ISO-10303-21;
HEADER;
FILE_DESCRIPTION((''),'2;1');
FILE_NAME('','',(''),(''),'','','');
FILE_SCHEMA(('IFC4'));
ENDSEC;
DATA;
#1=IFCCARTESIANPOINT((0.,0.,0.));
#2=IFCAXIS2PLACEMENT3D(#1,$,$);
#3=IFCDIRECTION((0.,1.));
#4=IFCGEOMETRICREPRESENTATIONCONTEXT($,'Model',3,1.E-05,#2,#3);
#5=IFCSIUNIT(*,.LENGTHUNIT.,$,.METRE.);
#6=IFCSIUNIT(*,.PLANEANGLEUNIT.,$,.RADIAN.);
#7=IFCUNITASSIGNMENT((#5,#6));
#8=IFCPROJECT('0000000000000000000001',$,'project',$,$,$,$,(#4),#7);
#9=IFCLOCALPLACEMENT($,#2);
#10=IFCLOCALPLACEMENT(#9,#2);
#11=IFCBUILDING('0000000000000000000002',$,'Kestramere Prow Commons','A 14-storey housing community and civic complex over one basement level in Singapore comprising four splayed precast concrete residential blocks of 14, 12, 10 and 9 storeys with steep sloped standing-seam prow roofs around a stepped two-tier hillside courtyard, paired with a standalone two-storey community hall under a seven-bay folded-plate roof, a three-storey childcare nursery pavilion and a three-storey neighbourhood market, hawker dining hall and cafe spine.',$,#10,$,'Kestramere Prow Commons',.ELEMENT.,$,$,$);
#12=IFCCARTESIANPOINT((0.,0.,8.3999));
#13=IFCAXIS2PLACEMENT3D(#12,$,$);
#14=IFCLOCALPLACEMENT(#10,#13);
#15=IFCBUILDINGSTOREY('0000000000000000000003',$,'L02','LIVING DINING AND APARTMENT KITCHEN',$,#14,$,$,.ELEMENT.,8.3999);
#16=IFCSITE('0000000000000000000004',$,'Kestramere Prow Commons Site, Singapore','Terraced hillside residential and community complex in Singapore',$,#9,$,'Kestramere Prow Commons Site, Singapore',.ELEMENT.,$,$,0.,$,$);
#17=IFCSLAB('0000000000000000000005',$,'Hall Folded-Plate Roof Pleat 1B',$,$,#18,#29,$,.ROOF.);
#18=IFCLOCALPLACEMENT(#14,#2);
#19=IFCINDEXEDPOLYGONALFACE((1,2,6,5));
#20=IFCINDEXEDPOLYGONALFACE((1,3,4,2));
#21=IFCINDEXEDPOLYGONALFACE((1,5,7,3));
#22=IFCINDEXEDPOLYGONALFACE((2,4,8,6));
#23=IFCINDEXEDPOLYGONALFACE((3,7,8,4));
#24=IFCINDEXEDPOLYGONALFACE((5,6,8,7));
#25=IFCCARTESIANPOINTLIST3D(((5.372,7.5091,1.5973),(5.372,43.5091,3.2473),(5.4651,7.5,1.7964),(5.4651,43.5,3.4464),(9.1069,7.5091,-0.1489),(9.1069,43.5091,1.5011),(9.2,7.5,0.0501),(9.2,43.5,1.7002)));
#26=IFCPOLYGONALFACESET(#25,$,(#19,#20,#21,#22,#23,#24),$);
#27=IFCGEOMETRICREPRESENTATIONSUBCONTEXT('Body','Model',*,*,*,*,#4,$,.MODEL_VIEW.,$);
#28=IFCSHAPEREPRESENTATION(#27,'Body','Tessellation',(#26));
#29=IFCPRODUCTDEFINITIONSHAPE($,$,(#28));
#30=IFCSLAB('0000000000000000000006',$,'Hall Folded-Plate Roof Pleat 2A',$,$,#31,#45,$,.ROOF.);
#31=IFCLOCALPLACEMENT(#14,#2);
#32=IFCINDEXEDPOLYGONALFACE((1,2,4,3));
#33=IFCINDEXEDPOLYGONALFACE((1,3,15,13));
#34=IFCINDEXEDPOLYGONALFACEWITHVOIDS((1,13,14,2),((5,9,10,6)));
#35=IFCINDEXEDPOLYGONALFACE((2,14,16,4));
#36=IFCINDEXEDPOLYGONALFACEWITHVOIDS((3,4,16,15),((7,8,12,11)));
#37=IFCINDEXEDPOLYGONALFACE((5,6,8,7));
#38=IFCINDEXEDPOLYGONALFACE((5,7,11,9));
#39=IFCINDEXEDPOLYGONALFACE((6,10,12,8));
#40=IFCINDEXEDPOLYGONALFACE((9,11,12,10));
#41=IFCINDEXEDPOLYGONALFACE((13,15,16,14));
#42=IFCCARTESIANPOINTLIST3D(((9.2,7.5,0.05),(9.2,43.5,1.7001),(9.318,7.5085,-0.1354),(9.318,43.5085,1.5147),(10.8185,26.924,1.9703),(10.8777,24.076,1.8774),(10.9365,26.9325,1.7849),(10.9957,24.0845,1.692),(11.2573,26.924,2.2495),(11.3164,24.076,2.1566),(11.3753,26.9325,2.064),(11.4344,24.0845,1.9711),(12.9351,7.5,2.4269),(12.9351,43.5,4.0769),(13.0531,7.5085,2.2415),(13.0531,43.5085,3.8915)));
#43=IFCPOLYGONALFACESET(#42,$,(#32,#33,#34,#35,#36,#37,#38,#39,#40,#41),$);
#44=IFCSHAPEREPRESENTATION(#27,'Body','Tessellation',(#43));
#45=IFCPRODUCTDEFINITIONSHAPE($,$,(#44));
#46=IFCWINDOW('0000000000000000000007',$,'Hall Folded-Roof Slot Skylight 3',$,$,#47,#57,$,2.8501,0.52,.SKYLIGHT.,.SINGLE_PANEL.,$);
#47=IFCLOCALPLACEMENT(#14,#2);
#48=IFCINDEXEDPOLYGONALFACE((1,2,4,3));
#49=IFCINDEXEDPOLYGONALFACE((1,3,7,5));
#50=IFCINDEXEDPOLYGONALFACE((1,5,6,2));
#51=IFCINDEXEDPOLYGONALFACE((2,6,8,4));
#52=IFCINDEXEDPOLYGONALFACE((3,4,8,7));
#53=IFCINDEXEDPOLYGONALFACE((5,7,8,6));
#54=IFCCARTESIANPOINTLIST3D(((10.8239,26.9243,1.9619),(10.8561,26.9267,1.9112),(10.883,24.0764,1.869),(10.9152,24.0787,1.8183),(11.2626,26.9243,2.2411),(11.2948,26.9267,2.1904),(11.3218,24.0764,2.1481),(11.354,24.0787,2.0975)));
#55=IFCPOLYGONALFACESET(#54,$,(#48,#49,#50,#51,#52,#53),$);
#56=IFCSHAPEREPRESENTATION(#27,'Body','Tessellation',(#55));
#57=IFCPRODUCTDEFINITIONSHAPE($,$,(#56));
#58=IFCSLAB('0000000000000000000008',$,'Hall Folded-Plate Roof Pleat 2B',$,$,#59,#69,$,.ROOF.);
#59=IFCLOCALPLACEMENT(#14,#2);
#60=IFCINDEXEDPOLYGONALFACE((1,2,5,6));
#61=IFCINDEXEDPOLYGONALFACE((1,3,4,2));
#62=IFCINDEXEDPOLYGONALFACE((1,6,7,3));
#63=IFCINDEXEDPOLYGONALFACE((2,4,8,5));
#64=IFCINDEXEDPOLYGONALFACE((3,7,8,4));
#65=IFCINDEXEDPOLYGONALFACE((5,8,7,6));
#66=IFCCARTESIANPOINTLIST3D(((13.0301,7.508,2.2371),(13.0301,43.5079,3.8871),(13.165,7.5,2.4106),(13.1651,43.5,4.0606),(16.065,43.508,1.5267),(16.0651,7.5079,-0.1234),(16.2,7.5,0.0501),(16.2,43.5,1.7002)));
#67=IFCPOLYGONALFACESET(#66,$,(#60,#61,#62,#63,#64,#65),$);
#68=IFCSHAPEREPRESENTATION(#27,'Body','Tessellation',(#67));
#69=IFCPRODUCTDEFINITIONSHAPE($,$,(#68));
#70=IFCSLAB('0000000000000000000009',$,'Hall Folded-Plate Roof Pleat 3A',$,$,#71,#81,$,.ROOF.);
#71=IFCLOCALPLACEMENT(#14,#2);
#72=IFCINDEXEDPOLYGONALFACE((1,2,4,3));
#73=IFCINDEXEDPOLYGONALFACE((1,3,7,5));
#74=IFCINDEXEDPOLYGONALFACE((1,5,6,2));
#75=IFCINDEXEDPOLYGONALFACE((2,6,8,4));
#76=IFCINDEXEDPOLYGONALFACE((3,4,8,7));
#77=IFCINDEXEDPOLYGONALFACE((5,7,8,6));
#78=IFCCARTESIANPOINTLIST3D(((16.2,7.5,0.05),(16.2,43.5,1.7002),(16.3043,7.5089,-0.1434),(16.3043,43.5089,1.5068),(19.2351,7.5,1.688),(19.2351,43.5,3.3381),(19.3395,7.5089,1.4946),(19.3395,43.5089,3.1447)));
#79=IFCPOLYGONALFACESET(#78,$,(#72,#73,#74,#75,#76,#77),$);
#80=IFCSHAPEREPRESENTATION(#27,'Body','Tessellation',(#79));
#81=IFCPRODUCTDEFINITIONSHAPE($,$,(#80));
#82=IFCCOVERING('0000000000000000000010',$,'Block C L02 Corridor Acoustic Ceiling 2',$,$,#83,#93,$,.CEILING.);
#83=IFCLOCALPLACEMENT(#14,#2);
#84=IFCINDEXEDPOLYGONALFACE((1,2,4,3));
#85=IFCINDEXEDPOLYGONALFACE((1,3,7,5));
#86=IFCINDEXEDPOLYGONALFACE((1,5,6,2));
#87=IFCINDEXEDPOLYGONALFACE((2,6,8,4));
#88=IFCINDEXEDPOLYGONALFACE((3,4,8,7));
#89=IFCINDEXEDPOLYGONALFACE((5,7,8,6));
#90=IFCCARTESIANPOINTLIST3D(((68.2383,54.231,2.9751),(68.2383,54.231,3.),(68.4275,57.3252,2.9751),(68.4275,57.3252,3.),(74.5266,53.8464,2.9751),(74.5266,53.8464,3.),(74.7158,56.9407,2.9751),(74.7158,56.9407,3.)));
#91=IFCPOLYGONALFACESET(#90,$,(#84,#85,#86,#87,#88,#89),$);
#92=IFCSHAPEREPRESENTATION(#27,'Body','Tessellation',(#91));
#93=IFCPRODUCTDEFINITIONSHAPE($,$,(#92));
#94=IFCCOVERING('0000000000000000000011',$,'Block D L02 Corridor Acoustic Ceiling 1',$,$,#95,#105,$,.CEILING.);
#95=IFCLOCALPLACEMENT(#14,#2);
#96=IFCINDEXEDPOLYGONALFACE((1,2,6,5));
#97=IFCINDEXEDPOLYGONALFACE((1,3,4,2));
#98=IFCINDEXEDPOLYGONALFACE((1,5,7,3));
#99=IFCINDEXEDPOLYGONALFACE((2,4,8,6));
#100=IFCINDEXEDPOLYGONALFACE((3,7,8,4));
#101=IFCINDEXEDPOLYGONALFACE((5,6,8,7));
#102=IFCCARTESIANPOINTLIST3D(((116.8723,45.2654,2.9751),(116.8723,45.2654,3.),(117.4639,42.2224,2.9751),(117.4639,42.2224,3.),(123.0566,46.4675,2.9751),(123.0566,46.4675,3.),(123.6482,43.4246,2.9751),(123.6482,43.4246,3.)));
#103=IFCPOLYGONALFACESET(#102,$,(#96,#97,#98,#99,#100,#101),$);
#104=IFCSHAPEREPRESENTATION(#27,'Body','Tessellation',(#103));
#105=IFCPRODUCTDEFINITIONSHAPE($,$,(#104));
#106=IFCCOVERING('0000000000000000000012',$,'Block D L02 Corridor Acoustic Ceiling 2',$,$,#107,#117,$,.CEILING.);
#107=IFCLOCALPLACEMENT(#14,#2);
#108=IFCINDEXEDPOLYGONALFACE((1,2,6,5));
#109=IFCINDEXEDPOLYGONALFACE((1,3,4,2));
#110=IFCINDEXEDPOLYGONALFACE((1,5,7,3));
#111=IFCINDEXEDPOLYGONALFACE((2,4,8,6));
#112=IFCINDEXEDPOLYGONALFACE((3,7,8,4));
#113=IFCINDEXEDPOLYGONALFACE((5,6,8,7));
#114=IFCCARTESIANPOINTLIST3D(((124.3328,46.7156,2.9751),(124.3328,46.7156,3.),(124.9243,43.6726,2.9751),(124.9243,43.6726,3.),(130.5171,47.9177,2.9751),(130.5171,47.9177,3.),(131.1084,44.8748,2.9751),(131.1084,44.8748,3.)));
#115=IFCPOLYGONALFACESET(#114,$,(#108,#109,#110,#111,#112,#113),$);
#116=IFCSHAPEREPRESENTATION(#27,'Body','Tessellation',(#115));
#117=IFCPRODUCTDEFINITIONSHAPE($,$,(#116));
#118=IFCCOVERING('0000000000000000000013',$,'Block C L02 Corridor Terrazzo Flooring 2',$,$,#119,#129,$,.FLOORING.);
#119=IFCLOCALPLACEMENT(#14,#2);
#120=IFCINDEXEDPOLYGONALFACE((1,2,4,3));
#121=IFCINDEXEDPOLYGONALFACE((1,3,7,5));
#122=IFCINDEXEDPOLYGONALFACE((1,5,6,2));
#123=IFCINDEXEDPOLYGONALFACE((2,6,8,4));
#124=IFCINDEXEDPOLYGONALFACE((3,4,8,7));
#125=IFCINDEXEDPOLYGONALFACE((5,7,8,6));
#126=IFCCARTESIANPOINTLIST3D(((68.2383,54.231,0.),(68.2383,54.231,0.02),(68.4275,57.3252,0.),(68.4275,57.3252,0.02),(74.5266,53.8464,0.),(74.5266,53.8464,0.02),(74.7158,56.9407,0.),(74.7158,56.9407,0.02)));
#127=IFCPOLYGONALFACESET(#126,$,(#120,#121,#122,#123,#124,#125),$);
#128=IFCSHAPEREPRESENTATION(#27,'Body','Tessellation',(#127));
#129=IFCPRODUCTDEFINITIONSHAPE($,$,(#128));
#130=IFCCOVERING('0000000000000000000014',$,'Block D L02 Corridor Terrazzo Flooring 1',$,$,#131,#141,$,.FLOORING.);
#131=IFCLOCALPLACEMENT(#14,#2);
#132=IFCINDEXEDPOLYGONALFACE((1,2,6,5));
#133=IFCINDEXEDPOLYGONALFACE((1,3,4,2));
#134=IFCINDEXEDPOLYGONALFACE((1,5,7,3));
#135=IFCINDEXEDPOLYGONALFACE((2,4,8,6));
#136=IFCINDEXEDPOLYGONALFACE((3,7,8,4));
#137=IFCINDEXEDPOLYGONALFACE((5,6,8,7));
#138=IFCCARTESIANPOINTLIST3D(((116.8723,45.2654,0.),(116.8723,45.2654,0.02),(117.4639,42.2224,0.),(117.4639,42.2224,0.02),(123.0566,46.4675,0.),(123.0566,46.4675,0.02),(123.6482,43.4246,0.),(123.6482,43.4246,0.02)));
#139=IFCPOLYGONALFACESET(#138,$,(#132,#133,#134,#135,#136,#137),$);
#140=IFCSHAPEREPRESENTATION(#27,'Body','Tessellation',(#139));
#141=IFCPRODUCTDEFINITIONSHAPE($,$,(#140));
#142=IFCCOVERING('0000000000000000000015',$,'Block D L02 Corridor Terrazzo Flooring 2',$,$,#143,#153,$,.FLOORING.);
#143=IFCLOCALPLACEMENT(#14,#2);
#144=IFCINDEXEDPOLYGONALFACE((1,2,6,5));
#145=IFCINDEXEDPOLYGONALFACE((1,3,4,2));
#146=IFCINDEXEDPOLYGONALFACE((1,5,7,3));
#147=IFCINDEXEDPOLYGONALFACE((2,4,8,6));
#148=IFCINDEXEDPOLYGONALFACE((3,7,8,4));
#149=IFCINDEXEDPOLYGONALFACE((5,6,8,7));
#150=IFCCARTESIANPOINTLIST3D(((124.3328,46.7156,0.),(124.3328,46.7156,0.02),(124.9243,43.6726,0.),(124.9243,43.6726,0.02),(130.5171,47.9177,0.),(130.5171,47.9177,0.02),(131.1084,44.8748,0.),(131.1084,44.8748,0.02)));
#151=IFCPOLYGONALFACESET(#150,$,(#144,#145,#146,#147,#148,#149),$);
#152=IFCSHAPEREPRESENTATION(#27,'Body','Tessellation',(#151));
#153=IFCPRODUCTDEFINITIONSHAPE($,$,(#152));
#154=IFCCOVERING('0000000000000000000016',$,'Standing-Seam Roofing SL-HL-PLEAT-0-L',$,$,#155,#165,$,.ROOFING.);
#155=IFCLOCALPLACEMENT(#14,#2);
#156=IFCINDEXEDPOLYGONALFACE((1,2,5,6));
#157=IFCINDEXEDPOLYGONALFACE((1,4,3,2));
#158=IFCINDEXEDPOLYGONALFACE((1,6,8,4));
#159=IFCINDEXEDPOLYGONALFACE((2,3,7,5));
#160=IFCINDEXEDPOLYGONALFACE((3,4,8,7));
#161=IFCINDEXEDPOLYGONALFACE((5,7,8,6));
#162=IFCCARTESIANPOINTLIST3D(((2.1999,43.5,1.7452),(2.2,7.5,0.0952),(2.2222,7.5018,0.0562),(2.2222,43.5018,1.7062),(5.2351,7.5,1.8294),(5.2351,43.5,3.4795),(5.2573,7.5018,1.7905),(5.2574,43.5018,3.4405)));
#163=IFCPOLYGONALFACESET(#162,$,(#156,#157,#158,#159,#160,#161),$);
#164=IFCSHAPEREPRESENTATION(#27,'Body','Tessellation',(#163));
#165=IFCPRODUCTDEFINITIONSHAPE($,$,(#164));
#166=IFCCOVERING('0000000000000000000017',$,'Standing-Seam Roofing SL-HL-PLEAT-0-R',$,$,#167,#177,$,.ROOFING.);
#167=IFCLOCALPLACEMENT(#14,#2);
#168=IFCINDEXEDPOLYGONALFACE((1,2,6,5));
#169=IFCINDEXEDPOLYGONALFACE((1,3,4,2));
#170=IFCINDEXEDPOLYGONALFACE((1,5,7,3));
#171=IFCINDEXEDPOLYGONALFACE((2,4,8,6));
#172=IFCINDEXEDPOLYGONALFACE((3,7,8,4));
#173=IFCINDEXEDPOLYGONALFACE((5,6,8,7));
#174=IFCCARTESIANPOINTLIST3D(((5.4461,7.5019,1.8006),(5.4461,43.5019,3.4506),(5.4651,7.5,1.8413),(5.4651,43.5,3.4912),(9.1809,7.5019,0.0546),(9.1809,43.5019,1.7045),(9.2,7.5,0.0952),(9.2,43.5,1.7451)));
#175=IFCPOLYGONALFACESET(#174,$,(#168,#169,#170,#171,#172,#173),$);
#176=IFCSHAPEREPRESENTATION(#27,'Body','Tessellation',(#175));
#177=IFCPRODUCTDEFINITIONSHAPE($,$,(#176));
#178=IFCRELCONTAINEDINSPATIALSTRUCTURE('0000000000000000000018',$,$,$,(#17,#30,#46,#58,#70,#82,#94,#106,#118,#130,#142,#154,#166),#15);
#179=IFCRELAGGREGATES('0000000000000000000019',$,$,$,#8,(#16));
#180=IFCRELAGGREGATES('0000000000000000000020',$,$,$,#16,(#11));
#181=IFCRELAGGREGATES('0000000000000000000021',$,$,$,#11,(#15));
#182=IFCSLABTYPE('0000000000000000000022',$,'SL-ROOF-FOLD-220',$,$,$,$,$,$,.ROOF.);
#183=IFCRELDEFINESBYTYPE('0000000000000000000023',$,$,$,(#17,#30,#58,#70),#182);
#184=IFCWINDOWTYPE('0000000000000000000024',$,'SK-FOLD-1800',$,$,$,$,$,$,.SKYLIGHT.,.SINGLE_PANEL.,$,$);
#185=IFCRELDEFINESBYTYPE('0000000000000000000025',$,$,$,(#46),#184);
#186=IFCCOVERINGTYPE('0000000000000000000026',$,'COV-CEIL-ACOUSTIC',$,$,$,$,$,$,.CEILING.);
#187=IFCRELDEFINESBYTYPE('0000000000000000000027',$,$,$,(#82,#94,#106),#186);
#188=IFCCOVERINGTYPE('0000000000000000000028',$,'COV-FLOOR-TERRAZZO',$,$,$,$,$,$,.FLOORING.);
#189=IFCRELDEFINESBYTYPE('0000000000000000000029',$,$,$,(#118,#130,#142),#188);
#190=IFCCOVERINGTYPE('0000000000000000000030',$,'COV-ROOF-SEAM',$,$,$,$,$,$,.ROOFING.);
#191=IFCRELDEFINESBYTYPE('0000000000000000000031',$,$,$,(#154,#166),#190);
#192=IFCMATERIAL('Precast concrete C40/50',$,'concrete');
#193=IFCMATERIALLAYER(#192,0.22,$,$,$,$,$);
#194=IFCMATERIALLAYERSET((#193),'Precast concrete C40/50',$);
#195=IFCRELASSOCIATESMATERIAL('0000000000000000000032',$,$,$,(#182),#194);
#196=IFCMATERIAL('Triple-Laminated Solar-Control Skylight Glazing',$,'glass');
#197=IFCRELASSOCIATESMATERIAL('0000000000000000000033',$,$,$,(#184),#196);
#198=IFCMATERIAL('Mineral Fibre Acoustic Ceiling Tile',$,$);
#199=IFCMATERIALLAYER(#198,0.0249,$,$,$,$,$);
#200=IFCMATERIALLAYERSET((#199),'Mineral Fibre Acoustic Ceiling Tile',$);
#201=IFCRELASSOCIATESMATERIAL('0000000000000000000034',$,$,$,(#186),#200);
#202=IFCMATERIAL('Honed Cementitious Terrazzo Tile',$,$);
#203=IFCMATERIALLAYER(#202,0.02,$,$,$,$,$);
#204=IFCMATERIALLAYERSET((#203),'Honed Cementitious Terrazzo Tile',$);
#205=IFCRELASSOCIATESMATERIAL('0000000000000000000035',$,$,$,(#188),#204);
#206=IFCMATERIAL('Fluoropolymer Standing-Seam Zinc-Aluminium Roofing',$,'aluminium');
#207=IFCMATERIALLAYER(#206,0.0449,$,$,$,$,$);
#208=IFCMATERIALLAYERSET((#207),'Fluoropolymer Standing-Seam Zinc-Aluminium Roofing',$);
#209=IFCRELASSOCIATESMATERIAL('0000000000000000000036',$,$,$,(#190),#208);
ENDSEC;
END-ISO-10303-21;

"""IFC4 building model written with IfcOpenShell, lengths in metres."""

from ifc_helpers import new_model, si_unit, direction, frame, origin, origin_2d, place, context, subcontext, project, spatial, polyline, rectangle, outline, extrude, material, layer, layer_set, type_object, element, fill, save


model = new_model("IFC4")

# Units and contexts
model_context = context("Model", 3, precision=1e-05, world=origin(), true_north=direction((0.0, 1.0)))
body_context = subcontext(model_context, "Body", "Model", "MODEL_VIEW")
ifc_project = project(units=[si_unit("LENGTHUNIT", "METRE"), si_unit("PLANEANGLEUNIT", "RADIAN")], contexts=[model_context])

# Site, building, storey
site_placement = place(None, origin())
site = spatial("IfcSite", under=ifc_project, at=site_placement, Name="Kestramere Prow Commons Site, Singapore", Description="Terraced hillside residential and community complex in Singapore", LongName="Kestramere Prow Commons Site, Singapore", CompositionType="ELEMENT", RefElevation=0.0)
building_placement = place(site_placement, origin())
building = spatial("IfcBuilding", under=site, at=building_placement, Name="Kestramere Prow Commons", Description="A 14-storey housing community and civic complex over one basement level in Singapore comprising four splayed precast concrete residential blocks of 14, 12, 10 and 9 storeys with steep sloped standing-seam prow roofs around a stepped two-tier hillside courtyard, paired with a standalone two-storey community hall under a seven-bay folded-plate roof, a three-storey childcare nursery pavilion and a three-storey neighbourhood market, hawker dining hall and cafe spine.", LongName="Kestramere Prow Commons", CompositionType="ELEMENT")
storey_placement = place(building_placement, frame((0.0, 0.0, 8.3999)))
storey = spatial("IfcBuildingStorey", under=building, at=storey_placement, Name="L02", Description="LIVING DINING AND APARTMENT KITCHEN", CompositionType="ELEMENT", Elevation=8.3999)

# Slab
ifc_material_1 = material(Name="Precast concrete C40/50", Category="concrete")
ifc_layer_1 = layer(ifc_material_1, 0.22)
ifc_layer_set_1 = layer_set([ifc_layer_1], Name="Precast concrete C40/50")
slab_type = type_object("IfcSlabType", Name="SL-ROOF-FOLD-220", PredefinedType="ROOF", material=ifc_layer_set_1)
slab_1_placement = place(storey_placement, frame((5.4651, 7.5, 1.7964), z_axis=(0.423174, -0.041484, 0.905098), x_axis=(0.905878, -0.000001, -0.423539)))
element("IfcSlab", 1, at=slab_1_placement, inside=storey, type_object=slab_type, Name="Hall Folded-Plate Roof Pleat 1B", PredefinedType="ROOF", context=body_context, shape_type="SweptSolid", body=[
    extrude(outline(polyline([(0.0, 0.0), (4.123, 0.0), (3.424, 36.031), (-0.6988, 36.031), (0.0, 0.0)])), origin(), (0.0, 0.0, -1.0), 0.22),
])

# Slab, opening, window
slab_2_placement = place(storey_placement, frame((9.2, 7.5, 0.05), z_axis=(-0.536466, -0.03864, 0.843037), x_axis=(0.843667, 0.000001, 0.536867)))
slab_2 = element("IfcSlab", 2, at=slab_2_placement, inside=storey, type_object=slab_type, Name="Hall Folded-Plate Roof Pleat 2A", PredefinedType="ROOF", context=body_context, shape_type="SweptSolid", body=[
    extrude(outline(polyline([(0.0, 0.0), (4.4273, 0.0), (5.3131, 36.0269), (0.8859, 36.0269), (0.0, 0.0)])), origin(), (0.0, 0.0, -1.0), 0.22),
])
opening_placement = place(slab_2_placement, frame((2.6565, 18.0134, 0.0), z_axis=(0.0, 0.0, 1.0), x_axis=(1.0, 0.0, 0.0)))
opening = element("IfcOpeningElement", 3, at=opening_placement, cuts=slab_2, PredefinedType="OPENING", context=body_context, shape_type="SweptSolid", body=[
    extrude(rectangle(XDim=0.52, YDim=2.8501, at=origin_2d()), frame((0.0, 0.0, 0.0149), z_axis=(0.0, 0.0, -1.0), x_axis=(1.0, 0.0, 0.0)), (0.0, 0.0, 1.0), 0.25),
])
ifc_material_2 = material(Name="Triple-Laminated Solar-Control Skylight Glazing", Category="glass")
window_type = type_object("IfcWindowType", Name="SK-FOLD-1800", PartitioningType="SINGLE_PANEL", PredefinedType="SKYLIGHT", material=ifc_material_2)
window_placement = place(opening_placement, frame((0.0, 0.0, -0.01)))
window = element("IfcWindow", 4, at=window_placement, inside=storey, type_object=window_type, Name="Hall Folded-Roof Slot Skylight 3", OverallHeight=2.8501, OverallWidth=0.52, PartitioningType="SINGLE_PANEL", PredefinedType="SKYLIGHT", context=body_context, shape_type="SweptSolid", body=[
    extrude(rectangle(XDim=0.52, YDim=2.8501, at=origin_2d()), frame((0.0, 0.0, 0.0), z_axis=(0.0, 0.0, -1.0), x_axis=(1.0, 0.0, 0.0)), (0.0, 0.0, 1.0), 0.0601),
])
fill(opening, window)

# Slabs
slab_3_placement = place(storey_placement, frame((13.165, 7.5, 2.4106), z_axis=(0.613537, -0.036156, 0.788838), x_axis=(0.789354, -0.000001, -0.613938)))
element("IfcSlab", 5, at=slab_3_placement, inside=storey, type_object=slab_type, Name="Hall Folded-Plate Roof Pleat 2B", PredefinedType="ROOF", context=body_context, shape_type="SweptSolid", body=[
    extrude(outline(polyline([(0.0, 0.0), (3.8449, 0.0), (2.8318, 36.0236), (-1.013, 36.0235), (0.0, 0.0)])), origin(), (0.0, 0.0, -1.0), 0.22),
])
slab_4_placement = place(storey_placement, frame((16.2, 7.5, 0.05), z_axis=(-0.474528, -0.040306, 0.879317), x_axis=(0.880032, 0.0, 0.474914)))
element("IfcSlab", 6, at=slab_4_placement, inside=storey, type_object=slab_type, Name="Hall Folded-Plate Roof Pleat 3A", PredefinedType="ROOF", context=body_context, shape_type="SweptSolid", body=[
    extrude(outline(polyline([(0.0, 0.0), (3.4489, 0.0), (4.2326, 36.0293), (0.7837, 36.0293), (0.0, 0.0)])), origin(), (0.0, 0.0, -1.0), 0.22),
])

# Coverings
ifc_material_3 = material(Name="Mineral Fibre Acoustic Ceiling Tile")
ifc_layer_2 = layer(ifc_material_3, 0.0249)
ifc_layer_set_2 = layer_set([ifc_layer_2], Name="Mineral Fibre Acoustic Ceiling Tile")
covering_type_1 = type_object("IfcCoveringType", Name="COV-CEIL-ACOUSTIC", PredefinedType="CEILING", material=ifc_layer_set_2)
covering_1_placement = place(storey_placement, frame((0.0, 0.0, 2.9751)))
element("IfcCovering", 7, at=covering_1_placement, inside=storey, type_object=covering_type_1, Name="Block C L02 Corridor Acoustic Ceiling 2", PredefinedType="CEILING", context=body_context, shape_type="SweptSolid", body=[
    extrude(outline(polyline([(68.2383, 54.231), (74.5266, 53.8464), (74.7158, 56.9407), (68.4275, 57.3252), (68.2383, 54.231)])), origin(), (0.0, 0.0, 1.0), 0.0249),
])
covering_2_placement = place(storey_placement, frame((0.0, 0.0, 2.9751)))
element("IfcCovering", 8, at=covering_2_placement, inside=storey, type_object=covering_type_1, Name="Block D L02 Corridor Acoustic Ceiling 1", PredefinedType="CEILING", context=body_context, shape_type="SweptSolid", body=[
    extrude(outline(polyline([(117.4639, 42.2224), (123.6482, 43.4246), (123.0566, 46.4675), (116.8723, 45.2654), (117.4639, 42.2224)])), origin(), (0.0, 0.0, 1.0), 0.0249),
])
covering_3_placement = place(storey_placement, frame((0.0, 0.0, 2.9751)))
element("IfcCovering", 9, at=covering_3_placement, inside=storey, type_object=covering_type_1, Name="Block D L02 Corridor Acoustic Ceiling 2", PredefinedType="CEILING", context=body_context, shape_type="SweptSolid", body=[
    extrude(outline(polyline([(124.9243, 43.6726), (131.1084, 44.8748), (130.5171, 47.9177), (124.3328, 46.7156), (124.9243, 43.6726)])), origin(), (0.0, 0.0, 1.0), 0.0249),
])
ifc_material_4 = material(Name="Honed Cementitious Terrazzo Tile")
ifc_layer_3 = layer(ifc_material_4, 0.02)
ifc_layer_set_3 = layer_set([ifc_layer_3], Name="Honed Cementitious Terrazzo Tile")
covering_type_2 = type_object("IfcCoveringType", Name="COV-FLOOR-TERRAZZO", PredefinedType="FLOORING", material=ifc_layer_set_3)
covering_4_placement = place(storey_placement, origin())
element("IfcCovering", 10, at=covering_4_placement, inside=storey, type_object=covering_type_2, Name="Block C L02 Corridor Terrazzo Flooring 2", PredefinedType="FLOORING", context=body_context, shape_type="SweptSolid", body=[
    extrude(outline(polyline([(68.2383, 54.231), (74.5266, 53.8464), (74.7158, 56.9407), (68.4275, 57.3252), (68.2383, 54.231)])), origin(), (0.0, 0.0, 1.0), 0.02),
])
covering_5_placement = place(storey_placement, origin())
element("IfcCovering", 11, at=covering_5_placement, inside=storey, type_object=covering_type_2, Name="Block D L02 Corridor Terrazzo Flooring 1", PredefinedType="FLOORING", context=body_context, shape_type="SweptSolid", body=[
    extrude(outline(polyline([(117.4639, 42.2224), (123.6482, 43.4246), (123.0566, 46.4675), (116.8723, 45.2654), (117.4639, 42.2224)])), origin(), (0.0, 0.0, 1.0), 0.02),
])
covering_6_placement = place(storey_placement, origin())
element("IfcCovering", 12, at=covering_6_placement, inside=storey, type_object=covering_type_2, Name="Block D L02 Corridor Terrazzo Flooring 2", PredefinedType="FLOORING", context=body_context, shape_type="SweptSolid", body=[
    extrude(outline(polyline([(124.9243, 43.6726), (131.1084, 44.8748), (130.5171, 47.9177), (124.3328, 46.7156), (124.9243, 43.6726)])), origin(), (0.0, 0.0, 1.0), 0.02),
])
ifc_material_5 = material(Name="Fluoropolymer Standing-Seam Zinc-Aluminium Roofing", Category="aluminium")
ifc_layer_4 = layer(ifc_material_5, 0.0449)
ifc_layer_set_4 = layer_set([ifc_layer_4], Name="Fluoropolymer Standing-Seam Zinc-Aluminium Roofing")
covering_type_3 = type_object("IfcCoveringType", Name="COV-ROOF-SEAM", PredefinedType="ROOFING", material=ifc_layer_set_4)
covering_7_placement = place(storey_placement, frame((2.2, 7.5, 0.0952), z_axis=(-0.49572, -0.039764, 0.867571), x_axis=(0.868258, -0.000001, 0.496113)))
element("IfcCovering", 13, at=covering_7_placement, inside=storey, type_object=covering_type_3, Name="Standing-Seam Roofing SL-HL-PLEAT-0-L", PredefinedType="ROOFING", context=body_context, shape_type="SweptSolid", body=[
    extrude(outline(polyline([(0.0, 0.0), (3.4956, 0.0), (4.3142, 36.0285), (0.8185, 36.0285), (0.0, 0.0)])), origin(), (0.0, 0.0, -1.0), 0.0449),
])
covering_8_placement = place(storey_placement, frame((5.4651, 7.5, 1.8413), z_axis=(0.42315, -0.041482, 0.90511), x_axis=(0.905889, 0.0, -0.423514)))
element("IfcCovering", 14, at=covering_8_placement, inside=storey, type_object=covering_type_3, Name="Standing-Seam Roofing SL-HL-PLEAT-0-R", PredefinedType="ROOFING", context=body_context, shape_type="SweptSolid", body=[
    extrude(outline(polyline([(0.0, 0.0), (4.1229, 0.0), (3.4241, 36.031), (-0.6988, 36.031), (0.0, 0.0)])), origin(), (0.0, 0.0, -1.0), 0.0449),
])

save(model, "model.ifc")
